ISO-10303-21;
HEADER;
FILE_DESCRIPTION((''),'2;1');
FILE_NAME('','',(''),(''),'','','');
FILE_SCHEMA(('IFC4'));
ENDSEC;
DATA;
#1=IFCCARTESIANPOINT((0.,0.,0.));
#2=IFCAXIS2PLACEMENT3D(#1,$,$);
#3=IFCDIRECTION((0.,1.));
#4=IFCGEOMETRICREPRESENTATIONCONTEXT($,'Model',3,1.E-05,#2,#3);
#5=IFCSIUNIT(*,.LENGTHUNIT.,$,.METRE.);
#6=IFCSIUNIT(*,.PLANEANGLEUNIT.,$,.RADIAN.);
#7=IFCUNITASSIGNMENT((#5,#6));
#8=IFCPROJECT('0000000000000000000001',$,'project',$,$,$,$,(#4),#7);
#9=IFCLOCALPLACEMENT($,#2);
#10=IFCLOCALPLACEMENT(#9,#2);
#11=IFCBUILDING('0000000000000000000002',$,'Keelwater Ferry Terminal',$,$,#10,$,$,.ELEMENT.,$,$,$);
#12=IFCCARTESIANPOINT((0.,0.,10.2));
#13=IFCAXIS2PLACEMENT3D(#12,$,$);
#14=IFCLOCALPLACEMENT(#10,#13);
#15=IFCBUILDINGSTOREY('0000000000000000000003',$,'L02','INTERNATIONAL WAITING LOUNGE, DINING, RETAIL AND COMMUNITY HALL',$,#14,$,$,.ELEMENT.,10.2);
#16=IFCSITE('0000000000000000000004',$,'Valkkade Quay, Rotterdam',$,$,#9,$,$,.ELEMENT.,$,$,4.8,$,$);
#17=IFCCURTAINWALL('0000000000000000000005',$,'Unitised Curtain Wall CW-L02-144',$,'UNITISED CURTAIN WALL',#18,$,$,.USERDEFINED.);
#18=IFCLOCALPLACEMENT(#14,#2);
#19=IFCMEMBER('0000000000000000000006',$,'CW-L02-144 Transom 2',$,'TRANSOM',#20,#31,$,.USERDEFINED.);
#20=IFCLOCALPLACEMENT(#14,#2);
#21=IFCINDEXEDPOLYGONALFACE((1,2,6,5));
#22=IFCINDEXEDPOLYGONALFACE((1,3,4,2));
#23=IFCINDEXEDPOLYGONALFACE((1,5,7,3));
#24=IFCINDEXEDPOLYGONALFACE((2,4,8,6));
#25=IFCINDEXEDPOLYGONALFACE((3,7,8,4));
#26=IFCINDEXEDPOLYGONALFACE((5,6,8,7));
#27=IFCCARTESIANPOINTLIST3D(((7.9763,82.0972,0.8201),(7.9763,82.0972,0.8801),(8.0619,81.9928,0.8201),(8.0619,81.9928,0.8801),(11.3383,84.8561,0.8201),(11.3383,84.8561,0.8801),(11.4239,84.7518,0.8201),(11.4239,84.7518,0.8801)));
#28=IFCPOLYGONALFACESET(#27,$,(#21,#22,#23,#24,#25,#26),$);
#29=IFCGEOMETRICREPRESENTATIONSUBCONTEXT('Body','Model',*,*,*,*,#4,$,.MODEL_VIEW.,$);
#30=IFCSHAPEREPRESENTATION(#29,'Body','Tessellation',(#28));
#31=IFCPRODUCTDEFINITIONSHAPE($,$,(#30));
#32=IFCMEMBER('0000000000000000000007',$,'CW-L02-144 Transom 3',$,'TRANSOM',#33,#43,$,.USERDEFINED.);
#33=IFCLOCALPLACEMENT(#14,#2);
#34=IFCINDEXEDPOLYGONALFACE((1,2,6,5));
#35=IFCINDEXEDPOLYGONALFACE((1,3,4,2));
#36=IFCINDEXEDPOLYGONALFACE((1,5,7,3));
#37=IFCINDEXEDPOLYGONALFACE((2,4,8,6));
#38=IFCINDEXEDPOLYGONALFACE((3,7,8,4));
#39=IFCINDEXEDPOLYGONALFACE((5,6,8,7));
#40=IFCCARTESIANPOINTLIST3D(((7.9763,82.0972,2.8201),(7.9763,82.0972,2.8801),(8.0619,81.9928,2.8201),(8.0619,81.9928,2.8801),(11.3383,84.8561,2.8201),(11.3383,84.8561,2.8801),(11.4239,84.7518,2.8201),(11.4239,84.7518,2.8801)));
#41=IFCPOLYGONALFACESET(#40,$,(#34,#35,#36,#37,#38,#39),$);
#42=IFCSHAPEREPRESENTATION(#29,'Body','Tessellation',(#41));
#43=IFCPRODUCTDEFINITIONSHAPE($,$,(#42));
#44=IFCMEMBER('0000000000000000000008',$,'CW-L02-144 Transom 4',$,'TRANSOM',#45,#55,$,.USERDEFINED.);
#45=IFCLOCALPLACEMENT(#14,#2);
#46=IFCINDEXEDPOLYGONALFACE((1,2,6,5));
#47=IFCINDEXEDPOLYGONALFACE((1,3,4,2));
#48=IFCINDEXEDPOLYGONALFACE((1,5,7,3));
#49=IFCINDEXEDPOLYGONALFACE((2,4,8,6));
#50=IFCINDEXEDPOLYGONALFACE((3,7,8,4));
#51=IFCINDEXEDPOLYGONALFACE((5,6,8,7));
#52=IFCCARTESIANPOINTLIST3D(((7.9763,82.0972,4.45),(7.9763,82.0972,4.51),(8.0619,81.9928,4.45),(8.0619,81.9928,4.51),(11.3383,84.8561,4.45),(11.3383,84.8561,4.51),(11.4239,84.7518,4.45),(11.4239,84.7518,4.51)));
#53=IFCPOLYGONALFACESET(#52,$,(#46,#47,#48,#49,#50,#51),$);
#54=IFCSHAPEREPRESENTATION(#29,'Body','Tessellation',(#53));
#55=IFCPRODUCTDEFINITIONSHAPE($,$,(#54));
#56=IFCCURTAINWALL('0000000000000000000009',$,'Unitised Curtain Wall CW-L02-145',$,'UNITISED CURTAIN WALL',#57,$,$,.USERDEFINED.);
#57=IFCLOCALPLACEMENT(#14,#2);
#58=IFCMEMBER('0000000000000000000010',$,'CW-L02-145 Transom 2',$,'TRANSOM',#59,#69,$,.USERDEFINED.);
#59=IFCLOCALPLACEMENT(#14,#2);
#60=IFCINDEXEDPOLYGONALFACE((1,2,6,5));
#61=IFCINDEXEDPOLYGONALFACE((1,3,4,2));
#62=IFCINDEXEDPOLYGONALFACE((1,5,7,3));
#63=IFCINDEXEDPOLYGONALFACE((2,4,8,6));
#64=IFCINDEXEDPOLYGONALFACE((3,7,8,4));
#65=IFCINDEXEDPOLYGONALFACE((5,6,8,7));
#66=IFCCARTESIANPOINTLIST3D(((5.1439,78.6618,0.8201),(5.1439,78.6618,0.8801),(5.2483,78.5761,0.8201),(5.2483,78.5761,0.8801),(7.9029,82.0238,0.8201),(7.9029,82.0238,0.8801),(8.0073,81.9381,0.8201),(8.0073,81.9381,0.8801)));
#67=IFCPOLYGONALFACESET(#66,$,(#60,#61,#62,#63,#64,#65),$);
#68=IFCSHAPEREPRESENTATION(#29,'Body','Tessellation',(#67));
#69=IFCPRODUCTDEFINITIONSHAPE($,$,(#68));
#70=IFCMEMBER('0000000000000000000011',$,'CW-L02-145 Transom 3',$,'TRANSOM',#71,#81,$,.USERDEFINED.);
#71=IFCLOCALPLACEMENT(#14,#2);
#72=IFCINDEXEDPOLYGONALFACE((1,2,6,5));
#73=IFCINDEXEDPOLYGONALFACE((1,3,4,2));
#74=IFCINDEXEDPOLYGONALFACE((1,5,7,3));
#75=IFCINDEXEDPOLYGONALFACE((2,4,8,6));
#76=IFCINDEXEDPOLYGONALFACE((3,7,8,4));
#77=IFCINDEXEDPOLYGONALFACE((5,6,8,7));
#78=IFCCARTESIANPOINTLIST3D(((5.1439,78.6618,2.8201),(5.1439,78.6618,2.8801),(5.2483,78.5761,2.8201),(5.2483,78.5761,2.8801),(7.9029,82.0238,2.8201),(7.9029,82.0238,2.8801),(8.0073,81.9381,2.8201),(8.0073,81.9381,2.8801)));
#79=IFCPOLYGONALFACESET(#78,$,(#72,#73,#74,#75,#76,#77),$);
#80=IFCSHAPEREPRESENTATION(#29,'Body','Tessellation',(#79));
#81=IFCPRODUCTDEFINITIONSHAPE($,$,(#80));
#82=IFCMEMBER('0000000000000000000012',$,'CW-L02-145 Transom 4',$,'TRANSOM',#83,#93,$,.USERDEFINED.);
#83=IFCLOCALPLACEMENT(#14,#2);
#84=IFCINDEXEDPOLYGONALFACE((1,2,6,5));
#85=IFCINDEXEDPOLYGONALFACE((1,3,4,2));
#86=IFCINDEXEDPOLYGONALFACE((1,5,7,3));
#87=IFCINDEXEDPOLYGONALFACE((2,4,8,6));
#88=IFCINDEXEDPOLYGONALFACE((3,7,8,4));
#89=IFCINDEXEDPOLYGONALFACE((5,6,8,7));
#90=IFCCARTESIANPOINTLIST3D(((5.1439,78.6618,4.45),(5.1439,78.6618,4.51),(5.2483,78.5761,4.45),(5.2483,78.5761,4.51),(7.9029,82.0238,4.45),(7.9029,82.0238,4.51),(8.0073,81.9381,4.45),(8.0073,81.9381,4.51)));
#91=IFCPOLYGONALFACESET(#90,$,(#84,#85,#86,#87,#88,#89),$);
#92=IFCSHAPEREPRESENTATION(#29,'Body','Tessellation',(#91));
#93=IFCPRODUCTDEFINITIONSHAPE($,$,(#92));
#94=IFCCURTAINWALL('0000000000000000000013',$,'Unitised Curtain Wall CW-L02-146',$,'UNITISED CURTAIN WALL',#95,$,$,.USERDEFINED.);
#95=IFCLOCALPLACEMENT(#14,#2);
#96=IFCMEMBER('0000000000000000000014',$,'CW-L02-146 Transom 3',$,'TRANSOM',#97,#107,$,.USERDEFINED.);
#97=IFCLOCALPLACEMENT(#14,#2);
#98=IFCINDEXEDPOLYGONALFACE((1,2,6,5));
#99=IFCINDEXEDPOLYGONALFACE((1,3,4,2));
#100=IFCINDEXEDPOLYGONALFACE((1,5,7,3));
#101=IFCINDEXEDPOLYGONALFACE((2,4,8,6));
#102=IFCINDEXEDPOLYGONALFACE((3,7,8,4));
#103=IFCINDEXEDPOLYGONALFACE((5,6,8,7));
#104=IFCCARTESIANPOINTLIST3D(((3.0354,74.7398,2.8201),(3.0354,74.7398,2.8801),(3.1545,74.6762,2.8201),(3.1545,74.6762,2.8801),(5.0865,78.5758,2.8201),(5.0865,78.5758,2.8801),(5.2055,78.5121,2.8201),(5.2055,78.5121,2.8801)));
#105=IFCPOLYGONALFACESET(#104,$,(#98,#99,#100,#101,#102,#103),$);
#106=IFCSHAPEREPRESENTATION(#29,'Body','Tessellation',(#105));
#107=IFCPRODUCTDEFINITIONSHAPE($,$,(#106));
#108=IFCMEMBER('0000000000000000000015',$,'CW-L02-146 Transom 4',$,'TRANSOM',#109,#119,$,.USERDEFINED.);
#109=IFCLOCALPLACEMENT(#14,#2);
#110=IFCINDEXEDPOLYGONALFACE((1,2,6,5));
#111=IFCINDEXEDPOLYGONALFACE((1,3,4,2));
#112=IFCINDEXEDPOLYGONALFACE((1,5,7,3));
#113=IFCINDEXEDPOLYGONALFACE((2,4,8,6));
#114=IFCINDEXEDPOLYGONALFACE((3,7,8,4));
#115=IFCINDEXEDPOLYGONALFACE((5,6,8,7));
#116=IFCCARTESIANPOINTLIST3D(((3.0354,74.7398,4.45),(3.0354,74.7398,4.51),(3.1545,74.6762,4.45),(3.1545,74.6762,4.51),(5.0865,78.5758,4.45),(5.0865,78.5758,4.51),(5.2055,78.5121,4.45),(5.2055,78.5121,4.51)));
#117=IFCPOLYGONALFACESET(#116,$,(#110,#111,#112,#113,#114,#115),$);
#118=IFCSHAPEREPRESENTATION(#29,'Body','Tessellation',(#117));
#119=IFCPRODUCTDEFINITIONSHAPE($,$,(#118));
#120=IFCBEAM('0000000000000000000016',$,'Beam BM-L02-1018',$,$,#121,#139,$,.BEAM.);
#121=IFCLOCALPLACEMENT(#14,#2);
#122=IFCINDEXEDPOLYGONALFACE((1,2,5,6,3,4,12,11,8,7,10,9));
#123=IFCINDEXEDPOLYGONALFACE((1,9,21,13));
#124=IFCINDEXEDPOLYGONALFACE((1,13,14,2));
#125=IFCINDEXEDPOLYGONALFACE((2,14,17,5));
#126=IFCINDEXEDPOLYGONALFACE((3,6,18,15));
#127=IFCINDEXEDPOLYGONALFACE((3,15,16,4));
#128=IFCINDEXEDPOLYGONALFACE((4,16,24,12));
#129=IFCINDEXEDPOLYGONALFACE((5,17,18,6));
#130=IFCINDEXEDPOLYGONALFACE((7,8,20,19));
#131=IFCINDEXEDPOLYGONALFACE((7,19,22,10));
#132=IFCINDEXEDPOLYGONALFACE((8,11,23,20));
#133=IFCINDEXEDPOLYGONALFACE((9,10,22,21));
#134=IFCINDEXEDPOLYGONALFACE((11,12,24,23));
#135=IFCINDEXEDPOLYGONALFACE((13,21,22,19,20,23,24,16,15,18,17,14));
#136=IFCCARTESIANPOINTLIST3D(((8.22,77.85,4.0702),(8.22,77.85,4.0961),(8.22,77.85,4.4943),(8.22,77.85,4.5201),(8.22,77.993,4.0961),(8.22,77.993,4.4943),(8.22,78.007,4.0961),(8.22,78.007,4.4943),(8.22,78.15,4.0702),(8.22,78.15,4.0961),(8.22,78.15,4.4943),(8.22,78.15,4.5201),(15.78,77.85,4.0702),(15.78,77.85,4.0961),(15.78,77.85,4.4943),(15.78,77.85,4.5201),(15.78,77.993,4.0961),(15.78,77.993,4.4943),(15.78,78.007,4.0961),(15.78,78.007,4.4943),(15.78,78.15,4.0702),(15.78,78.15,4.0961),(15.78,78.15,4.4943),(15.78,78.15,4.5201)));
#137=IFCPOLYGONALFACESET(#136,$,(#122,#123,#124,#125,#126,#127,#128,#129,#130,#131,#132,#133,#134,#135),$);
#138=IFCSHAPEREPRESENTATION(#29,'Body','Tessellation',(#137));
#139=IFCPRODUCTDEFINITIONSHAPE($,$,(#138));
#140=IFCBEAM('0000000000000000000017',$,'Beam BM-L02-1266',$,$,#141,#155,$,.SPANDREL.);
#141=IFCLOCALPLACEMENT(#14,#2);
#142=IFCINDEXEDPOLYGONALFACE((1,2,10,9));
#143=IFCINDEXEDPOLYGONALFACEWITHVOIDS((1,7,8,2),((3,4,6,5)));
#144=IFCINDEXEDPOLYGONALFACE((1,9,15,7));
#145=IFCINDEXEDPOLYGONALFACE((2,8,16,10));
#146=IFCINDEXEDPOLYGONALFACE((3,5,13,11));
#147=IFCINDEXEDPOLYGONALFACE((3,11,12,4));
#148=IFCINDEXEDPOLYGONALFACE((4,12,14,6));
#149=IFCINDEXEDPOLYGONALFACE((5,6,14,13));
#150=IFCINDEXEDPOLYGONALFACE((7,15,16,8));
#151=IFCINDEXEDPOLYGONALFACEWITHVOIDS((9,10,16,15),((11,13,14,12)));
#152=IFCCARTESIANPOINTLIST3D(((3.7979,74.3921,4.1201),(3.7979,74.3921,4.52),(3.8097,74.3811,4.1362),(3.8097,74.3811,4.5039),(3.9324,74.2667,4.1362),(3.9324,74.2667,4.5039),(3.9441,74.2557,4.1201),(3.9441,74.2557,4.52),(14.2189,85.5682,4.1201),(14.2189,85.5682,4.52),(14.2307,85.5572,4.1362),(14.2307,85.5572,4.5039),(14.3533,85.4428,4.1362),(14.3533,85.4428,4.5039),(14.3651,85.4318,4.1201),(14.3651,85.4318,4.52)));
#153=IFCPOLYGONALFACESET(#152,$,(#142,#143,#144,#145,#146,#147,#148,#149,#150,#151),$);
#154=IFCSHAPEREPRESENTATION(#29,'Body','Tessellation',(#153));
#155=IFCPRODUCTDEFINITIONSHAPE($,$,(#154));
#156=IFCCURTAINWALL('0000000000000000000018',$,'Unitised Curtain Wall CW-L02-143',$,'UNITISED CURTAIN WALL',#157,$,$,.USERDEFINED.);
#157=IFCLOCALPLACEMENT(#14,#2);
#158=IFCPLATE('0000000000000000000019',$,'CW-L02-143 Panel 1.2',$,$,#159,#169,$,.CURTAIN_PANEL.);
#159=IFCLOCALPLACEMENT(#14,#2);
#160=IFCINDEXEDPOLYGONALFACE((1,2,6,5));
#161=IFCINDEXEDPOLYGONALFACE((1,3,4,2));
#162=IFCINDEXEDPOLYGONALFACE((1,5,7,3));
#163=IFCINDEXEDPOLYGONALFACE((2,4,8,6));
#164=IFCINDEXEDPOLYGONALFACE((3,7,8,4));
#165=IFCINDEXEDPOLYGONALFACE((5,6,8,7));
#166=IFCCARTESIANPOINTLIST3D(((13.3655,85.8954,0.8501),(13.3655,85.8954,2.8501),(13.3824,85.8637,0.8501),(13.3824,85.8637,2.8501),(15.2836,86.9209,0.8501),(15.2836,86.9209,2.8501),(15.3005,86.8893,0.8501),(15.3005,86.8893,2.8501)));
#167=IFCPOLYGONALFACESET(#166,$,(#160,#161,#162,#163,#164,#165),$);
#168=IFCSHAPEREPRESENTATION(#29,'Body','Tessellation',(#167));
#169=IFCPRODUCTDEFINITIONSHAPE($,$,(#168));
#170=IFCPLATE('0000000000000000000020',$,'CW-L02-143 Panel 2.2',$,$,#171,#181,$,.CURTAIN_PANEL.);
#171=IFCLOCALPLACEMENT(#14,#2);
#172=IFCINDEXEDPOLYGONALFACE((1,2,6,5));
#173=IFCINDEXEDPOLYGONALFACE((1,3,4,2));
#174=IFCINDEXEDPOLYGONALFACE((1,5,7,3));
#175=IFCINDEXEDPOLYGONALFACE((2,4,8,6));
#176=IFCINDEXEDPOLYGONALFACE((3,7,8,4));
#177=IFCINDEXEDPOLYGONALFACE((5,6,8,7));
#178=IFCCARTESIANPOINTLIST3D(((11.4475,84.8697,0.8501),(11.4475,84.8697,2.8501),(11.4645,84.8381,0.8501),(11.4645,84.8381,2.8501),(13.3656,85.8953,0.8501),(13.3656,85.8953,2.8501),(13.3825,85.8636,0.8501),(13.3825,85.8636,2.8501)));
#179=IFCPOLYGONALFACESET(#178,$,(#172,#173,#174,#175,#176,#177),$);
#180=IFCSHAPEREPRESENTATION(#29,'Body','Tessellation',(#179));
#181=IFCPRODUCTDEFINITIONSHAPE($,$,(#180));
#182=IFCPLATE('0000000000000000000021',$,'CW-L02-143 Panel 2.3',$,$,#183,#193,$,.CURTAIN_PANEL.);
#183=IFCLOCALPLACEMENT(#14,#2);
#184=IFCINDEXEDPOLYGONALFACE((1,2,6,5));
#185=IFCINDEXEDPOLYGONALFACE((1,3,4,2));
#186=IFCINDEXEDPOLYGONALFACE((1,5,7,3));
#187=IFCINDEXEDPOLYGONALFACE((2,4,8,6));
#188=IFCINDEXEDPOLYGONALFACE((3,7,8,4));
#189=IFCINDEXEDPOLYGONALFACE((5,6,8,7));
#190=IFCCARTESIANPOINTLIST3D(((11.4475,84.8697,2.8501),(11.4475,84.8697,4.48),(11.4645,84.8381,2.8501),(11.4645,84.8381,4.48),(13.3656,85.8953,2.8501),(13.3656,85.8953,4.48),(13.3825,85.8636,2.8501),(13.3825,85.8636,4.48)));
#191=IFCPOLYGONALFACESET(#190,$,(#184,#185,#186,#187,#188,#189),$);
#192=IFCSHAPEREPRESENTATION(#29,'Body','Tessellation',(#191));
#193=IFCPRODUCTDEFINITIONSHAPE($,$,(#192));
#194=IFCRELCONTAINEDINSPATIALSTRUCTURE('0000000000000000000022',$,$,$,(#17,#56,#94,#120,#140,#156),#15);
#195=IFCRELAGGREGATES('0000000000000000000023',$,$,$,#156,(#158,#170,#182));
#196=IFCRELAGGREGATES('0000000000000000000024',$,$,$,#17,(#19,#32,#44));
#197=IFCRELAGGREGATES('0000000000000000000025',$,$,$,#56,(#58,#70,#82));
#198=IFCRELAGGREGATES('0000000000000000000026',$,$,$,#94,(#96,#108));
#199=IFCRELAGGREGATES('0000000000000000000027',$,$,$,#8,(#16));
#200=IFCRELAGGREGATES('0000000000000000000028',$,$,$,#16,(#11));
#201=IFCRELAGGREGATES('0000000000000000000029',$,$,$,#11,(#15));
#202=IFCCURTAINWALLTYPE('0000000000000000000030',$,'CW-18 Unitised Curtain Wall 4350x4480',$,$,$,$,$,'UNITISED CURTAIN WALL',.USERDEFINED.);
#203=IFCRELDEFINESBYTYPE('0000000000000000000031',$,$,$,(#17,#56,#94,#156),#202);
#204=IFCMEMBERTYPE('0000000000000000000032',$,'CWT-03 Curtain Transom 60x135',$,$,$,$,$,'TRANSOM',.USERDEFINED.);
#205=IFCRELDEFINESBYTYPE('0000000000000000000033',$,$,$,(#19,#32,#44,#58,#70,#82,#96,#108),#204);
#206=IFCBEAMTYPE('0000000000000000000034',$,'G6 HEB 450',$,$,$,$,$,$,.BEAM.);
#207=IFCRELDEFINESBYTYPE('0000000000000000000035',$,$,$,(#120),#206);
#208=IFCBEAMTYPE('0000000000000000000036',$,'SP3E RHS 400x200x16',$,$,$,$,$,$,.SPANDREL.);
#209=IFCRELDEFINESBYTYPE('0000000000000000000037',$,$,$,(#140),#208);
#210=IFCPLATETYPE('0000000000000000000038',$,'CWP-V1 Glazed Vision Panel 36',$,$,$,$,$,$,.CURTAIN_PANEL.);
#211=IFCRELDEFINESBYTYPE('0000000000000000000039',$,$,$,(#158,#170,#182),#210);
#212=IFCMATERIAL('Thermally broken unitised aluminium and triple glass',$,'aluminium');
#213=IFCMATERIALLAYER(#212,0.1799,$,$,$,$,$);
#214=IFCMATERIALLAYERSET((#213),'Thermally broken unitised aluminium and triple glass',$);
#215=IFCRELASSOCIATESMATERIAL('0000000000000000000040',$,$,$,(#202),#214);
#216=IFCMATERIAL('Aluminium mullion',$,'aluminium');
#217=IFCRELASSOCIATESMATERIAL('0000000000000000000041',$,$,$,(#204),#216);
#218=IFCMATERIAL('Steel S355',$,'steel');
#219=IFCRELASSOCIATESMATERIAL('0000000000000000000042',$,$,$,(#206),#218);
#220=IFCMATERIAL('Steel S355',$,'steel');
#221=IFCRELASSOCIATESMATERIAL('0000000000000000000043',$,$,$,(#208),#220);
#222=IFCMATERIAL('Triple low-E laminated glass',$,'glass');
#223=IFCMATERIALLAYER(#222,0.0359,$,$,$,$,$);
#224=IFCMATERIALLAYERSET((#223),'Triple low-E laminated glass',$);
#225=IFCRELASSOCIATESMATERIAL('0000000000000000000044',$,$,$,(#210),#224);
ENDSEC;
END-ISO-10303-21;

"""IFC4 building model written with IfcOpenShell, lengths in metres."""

from ifc_helpers import new_model, si_unit, direction, frame, origin, origin_2d, place, context, subcontext, project, spatial, rectangle, hollow_rectangle, i_section, extrude, material, layer, layer_set, material_profile, profile_set, type_object, element, aggregate, save


model = new_model("IFC4")

# Units and contexts
model_context = context("Model", 3, precision=1e-05, world=origin(), true_north=direction((0.0, 1.0)))
body_context = subcontext(model_context, "Body", "Model", "MODEL_VIEW")
ifc_project = project(units=[si_unit("LENGTHUNIT", "METRE"), si_unit("PLANEANGLEUNIT", "RADIAN")], contexts=[model_context])

# Site, building, storey
site_placement = place(None, origin())
site = spatial("IfcSite", under=ifc_project, at=site_placement, Name="Valkkade Quay, Rotterdam", CompositionType="ELEMENT", RefElevation=4.8)
building_placement = place(site_placement, origin())
building = spatial("IfcBuilding", under=site, at=building_placement, Name="Keelwater Ferry Terminal", CompositionType="ELEMENT")
storey_placement = place(building_placement, frame((0.0, 0.0, 10.2)))
storey = spatial("IfcBuildingStorey", under=building, at=storey_placement, Name="L02", Description="INTERNATIONAL WAITING LOUNGE, DINING, RETAIL AND COMMUNITY HALL", CompositionType="ELEMENT", Elevation=10.2)

# Curtain walls, members
ifc_material_1 = material(Name="Thermally broken unitised aluminium and triple glass", Category="aluminium")
ifc_layer_1 = layer(ifc_material_1, 0.1799)
ifc_layer_set_1 = layer_set([ifc_layer_1], Name="Thermally broken unitised aluminium and triple glass")
curtain_wall_type = type_object("IfcCurtainWallType", Name="CW-18 Unitised Curtain Wall 4350x4480", ElementType="UNITISED CURTAIN WALL", PredefinedType="USERDEFINED", material=ifc_layer_set_1)
curtain_wall_1_placement = place(storey_placement, origin())
curtain_wall_1 = element("IfcCurtainWall", 1, at=curtain_wall_1_placement, inside=storey, type_object=curtain_wall_type, Name="Unitised Curtain Wall CW-L02-144", ObjectType="UNITISED CURTAIN WALL", PredefinedType="USERDEFINED")
ifc_material_2 = material(Name="Aluminium mullion", Category="aluminium")
ifc_material_profile_1 = material_profile(ifc_material_2, rectangle(XDim=0.135, YDim=0.0601, at=origin_2d()), Name="CWT-03")
ifc_profile_set_1 = profile_set([ifc_material_profile_1], Name="Aluminium mullion")
member_type = type_object("IfcMemberType", Name="CWT-03 Curtain Transom 60x135", ElementType="TRANSOM", PredefinedType="USERDEFINED", material=ifc_profile_set_1)
member_1_placement = place(storey_placement, frame((11.3811, 84.804, 0.8501), z_axis=(-0.773026, -0.634374, 0.0), x_axis=(0.634374, -0.773026, 0.0)))
member_1 = element("IfcMember", 2, at=member_1_placement, type_object=member_type, Name="CW-L02-144 Transom 2", ObjectType="TRANSOM", PredefinedType="USERDEFINED", context=body_context, shape_type="SweptSolid", body=[
    extrude(rectangle(XDim=0.135, YDim=0.0601, at=origin_2d()), origin(), (0.0, 0.0, 1.0), 4.3491),
])
member_2_placement = place(storey_placement, frame((11.3811, 84.804, 2.8501), z_axis=(-0.773026, -0.634374, 0.0), x_axis=(0.634374, -0.773026, 0.0)))
member_2 = element("IfcMember", 3, at=member_2_placement, type_object=member_type, Name="CW-L02-144 Transom 3", ObjectType="TRANSOM", PredefinedType="USERDEFINED", context=body_context, shape_type="SweptSolid", body=[
    extrude(rectangle(XDim=0.135, YDim=0.0601, at=origin_2d()), origin(), (0.0, 0.0, 1.0), 4.3491),
])
member_3_placement = place(storey_placement, frame((11.3811, 84.804, 4.48), z_axis=(-0.773026, -0.634374, 0.0), x_axis=(0.634374, -0.773026, 0.0)))
member_3 = element("IfcMember", 4, at=member_3_placement, type_object=member_type, Name="CW-L02-144 Transom 4", ObjectType="TRANSOM", PredefinedType="USERDEFINED", context=body_context, shape_type="SweptSolid", body=[
    extrude(rectangle(XDim=0.135, YDim=0.0601, at=origin_2d()), origin(), (0.0, 0.0, 1.0), 4.3491),
])
curtain_wall_2_placement = place(storey_placement, origin())
curtain_wall_2 = element("IfcCurtainWall", 5, at=curtain_wall_2_placement, inside=storey, type_object=curtain_wall_type, Name="Unitised Curtain Wall CW-L02-145", ObjectType="UNITISED CURTAIN WALL", PredefinedType="USERDEFINED")
member_4_placement = place(storey_placement, frame((7.9551, 81.981, 0.8501), z_axis=(-0.634374, -0.773026, 0.0), x_axis=(0.773026, -0.634374, 0.0)))
member_4 = element("IfcMember", 6, at=member_4_placement, type_object=member_type, Name="CW-L02-145 Transom 2", ObjectType="TRANSOM", PredefinedType="USERDEFINED", context=body_context, shape_type="SweptSolid", body=[
    extrude(rectangle(XDim=0.135, YDim=0.0601, at=origin_2d()), origin(), (0.0, 0.0, 1.0), 4.3491),
])
member_5_placement = place(storey_placement, frame((7.9551, 81.981, 2.8501), z_axis=(-0.634374, -0.773026, 0.0), x_axis=(0.773026, -0.634374, 0.0)))
member_5 = element("IfcMember", 7, at=member_5_placement, type_object=member_type, Name="CW-L02-145 Transom 3", ObjectType="TRANSOM", PredefinedType="USERDEFINED", context=body_context, shape_type="SweptSolid", body=[
    extrude(rectangle(XDim=0.135, YDim=0.0601, at=origin_2d()), origin(), (0.0, 0.0, 1.0), 4.3491),
])
member_6_placement = place(storey_placement, frame((7.9551, 81.981, 4.48), z_axis=(-0.634374, -0.773026, 0.0), x_axis=(0.773026, -0.634374, 0.0)))
member_6 = element("IfcMember", 8, at=member_6_placement, type_object=member_type, Name="CW-L02-145 Transom 4", ObjectType="TRANSOM", PredefinedType="USERDEFINED", context=body_context, shape_type="SweptSolid", body=[
    extrude(rectangle(XDim=0.135, YDim=0.0601, at=origin_2d()), origin(), (0.0, 0.0, 1.0), 4.3491),
])
curtain_wall_3_placement = place(storey_placement, origin())
curtain_wall_3 = element("IfcCurtainWall", 9, at=curtain_wall_3_placement, inside=storey, type_object=curtain_wall_type, Name="Unitised Curtain Wall CW-L02-146", ObjectType="UNITISED CURTAIN WALL", PredefinedType="USERDEFINED")
member_7_placement = place(storey_placement, frame((5.146, 78.5439, 2.8501), z_axis=(-0.471517, -0.881857, 0.0), x_axis=(0.881857, -0.471517, 0.0)))
member_7 = element("IfcMember", 10, at=member_7_placement, type_object=member_type, Name="CW-L02-146 Transom 3", ObjectType="TRANSOM", PredefinedType="USERDEFINED", context=body_context, shape_type="SweptSolid", body=[
    extrude(rectangle(XDim=0.135, YDim=0.0601, at=origin_2d()), origin(), (0.0, 0.0, 1.0), 4.3499),
])
member_8_placement = place(storey_placement, frame((5.146, 78.5439, 4.48), z_axis=(-0.471517, -0.881857, 0.0), x_axis=(0.881857, -0.471517, 0.0)))
member_8 = element("IfcMember", 11, at=member_8_placement, type_object=member_type, Name="CW-L02-146 Transom 4", ObjectType="TRANSOM", PredefinedType="USERDEFINED", context=body_context, shape_type="SweptSolid", body=[
    extrude(rectangle(XDim=0.135, YDim=0.0601, at=origin_2d()), origin(), (0.0, 0.0, 1.0), 4.3499),
])

# Beams
ifc_material_3 = material(Name="Steel S355", Category="steel")
ifc_material_profile_2 = material_profile(ifc_material_3, i_section(OverallWidth=0.3, OverallDepth=0.45, WebThickness=0.0139, FlangeThickness=0.0259, at=origin_2d()), Name="HEB 450")
ifc_profile_set_2 = profile_set([ifc_material_profile_2], Name="Steel S355")
beam_type_1 = type_object("IfcBeamType", Name="G6 HEB 450", PredefinedType="BEAM", material=ifc_profile_set_2)
beam_1_placement = place(storey_placement, frame((8.22, 78.0, 4.2952), z_axis=(1.0, 0.0, 0.0), x_axis=(0.0, 1.0, 0.0)))
element("IfcBeam", 12, at=beam_1_placement, inside=storey, type_object=beam_type_1, Name="Beam BM-L02-1018", PredefinedType="BEAM", context=body_context, shape_type="SweptSolid", body=[
    extrude(i_section(OverallWidth=0.3, OverallDepth=0.45, WebThickness=0.0139, FlangeThickness=0.0259, at=origin_2d()), origin(), (0.0, 0.0, 1.0), 7.5601),
])
ifc_material_4 = material(Name="Steel S355", Category="steel")
ifc_material_profile_3 = material_profile(ifc_material_4, hollow_rectangle(XDim=0.2, YDim=0.3999, WallThickness=0.0161, at=origin_2d()), Name="RHS 400x200x16")
ifc_profile_set_3 = profile_set([ifc_material_profile_3], Name="Steel S355")
beam_type_2 = type_object("IfcBeamType", Name="SP3E RHS 400x200x16", PredefinedType="SPANDREL", material=ifc_profile_set_3)
beam_2_placement = place(storey_placement, frame((14.292, 85.5, 4.3201), z_axis=(-0.681966, -0.731384, 0.0), x_axis=(0.731384, -0.681966, 0.0)))
element("IfcBeam", 13, at=beam_2_placement, inside=storey, type_object=beam_type_2, Name="Beam BM-L02-1266", PredefinedType="SPANDREL", context=body_context, shape_type="SweptSolid", body=[
    extrude(hollow_rectangle(XDim=0.2, YDim=0.3999, WallThickness=0.0161, at=origin_2d()), origin(), (0.0, 0.0, 1.0), 15.2808),
])

# Curtain wall, plates
curtain_wall_4_placement = place(storey_placement, origin())
curtain_wall_4 = element("IfcCurtainWall", 14, at=curtain_wall_4_placement, inside=storey, type_object=curtain_wall_type, Name="Unitised Curtain Wall CW-L02-143", ObjectType="UNITISED CURTAIN WALL", PredefinedType="USERDEFINED")
ifc_material_5 = material(Name="Triple low-E laminated glass", Category="glass")
ifc_layer_2 = layer(ifc_material_5, 0.0359)
ifc_layer_set_2 = layer_set([ifc_layer_2], Name="Triple low-E laminated glass")
plate_type = type_object("IfcPlateType", Name="CWP-V1 Glazed Vision Panel 36", PredefinedType="CURTAIN_PANEL", material=ifc_layer_set_2)
plate_1_placement = place(storey_placement, frame((14.333, 86.3923, 0.8501), z_axis=(0.0, 0.0, 1.0), x_axis=(-0.881862, -0.471507, 0.0)))
plate_1 = element("IfcPlate", 15, at=plate_1_placement, type_object=plate_type, Name="CW-L02-143 Panel 1.2", PredefinedType="CURTAIN_PANEL", context=body_context, shape_type="SweptSolid", body=[
    extrude(rectangle(XDim=2.175, YDim=0.0359, at=origin_2d()), origin(), (0.0, 0.0, 1.0), 2.0),
])
plate_2_placement = place(storey_placement, frame((12.415, 85.3667, 0.8501), z_axis=(0.0, 0.0, 1.0), x_axis=(-0.881862, -0.471507, 0.0)))
plate_2 = element("IfcPlate", 16, at=plate_2_placement, type_object=plate_type, Name="CW-L02-143 Panel 2.2", PredefinedType="CURTAIN_PANEL", context=body_context, shape_type="SweptSolid", body=[
    extrude(rectangle(XDim=2.175, YDim=0.0359, at=origin_2d()), origin(), (0.0, 0.0, 1.0), 2.0),
])
plate_3_placement = place(storey_placement, frame((12.415, 85.3667, 2.8501), z_axis=(0.0, 0.0, 1.0), x_axis=(-0.881862, -0.471507, 0.0)))
plate_3 = element("IfcPlate", 17, at=plate_3_placement, type_object=plate_type, Name="CW-L02-143 Panel 2.3", PredefinedType="CURTAIN_PANEL", context=body_context, shape_type="SweptSolid", body=[
    extrude(rectangle(XDim=2.175, YDim=0.0359, at=origin_2d()), origin(), (0.0, 0.0, 1.0), 1.6299),
])
aggregate(curtain_wall_4, [plate_1, plate_2, plate_3])

aggregate(curtain_wall_1, [member_1, member_2, member_3])
aggregate(curtain_wall_2, [member_4, member_5, member_6])
aggregate(curtain_wall_3, [member_7, member_8])

save(model, "model.ifc")
